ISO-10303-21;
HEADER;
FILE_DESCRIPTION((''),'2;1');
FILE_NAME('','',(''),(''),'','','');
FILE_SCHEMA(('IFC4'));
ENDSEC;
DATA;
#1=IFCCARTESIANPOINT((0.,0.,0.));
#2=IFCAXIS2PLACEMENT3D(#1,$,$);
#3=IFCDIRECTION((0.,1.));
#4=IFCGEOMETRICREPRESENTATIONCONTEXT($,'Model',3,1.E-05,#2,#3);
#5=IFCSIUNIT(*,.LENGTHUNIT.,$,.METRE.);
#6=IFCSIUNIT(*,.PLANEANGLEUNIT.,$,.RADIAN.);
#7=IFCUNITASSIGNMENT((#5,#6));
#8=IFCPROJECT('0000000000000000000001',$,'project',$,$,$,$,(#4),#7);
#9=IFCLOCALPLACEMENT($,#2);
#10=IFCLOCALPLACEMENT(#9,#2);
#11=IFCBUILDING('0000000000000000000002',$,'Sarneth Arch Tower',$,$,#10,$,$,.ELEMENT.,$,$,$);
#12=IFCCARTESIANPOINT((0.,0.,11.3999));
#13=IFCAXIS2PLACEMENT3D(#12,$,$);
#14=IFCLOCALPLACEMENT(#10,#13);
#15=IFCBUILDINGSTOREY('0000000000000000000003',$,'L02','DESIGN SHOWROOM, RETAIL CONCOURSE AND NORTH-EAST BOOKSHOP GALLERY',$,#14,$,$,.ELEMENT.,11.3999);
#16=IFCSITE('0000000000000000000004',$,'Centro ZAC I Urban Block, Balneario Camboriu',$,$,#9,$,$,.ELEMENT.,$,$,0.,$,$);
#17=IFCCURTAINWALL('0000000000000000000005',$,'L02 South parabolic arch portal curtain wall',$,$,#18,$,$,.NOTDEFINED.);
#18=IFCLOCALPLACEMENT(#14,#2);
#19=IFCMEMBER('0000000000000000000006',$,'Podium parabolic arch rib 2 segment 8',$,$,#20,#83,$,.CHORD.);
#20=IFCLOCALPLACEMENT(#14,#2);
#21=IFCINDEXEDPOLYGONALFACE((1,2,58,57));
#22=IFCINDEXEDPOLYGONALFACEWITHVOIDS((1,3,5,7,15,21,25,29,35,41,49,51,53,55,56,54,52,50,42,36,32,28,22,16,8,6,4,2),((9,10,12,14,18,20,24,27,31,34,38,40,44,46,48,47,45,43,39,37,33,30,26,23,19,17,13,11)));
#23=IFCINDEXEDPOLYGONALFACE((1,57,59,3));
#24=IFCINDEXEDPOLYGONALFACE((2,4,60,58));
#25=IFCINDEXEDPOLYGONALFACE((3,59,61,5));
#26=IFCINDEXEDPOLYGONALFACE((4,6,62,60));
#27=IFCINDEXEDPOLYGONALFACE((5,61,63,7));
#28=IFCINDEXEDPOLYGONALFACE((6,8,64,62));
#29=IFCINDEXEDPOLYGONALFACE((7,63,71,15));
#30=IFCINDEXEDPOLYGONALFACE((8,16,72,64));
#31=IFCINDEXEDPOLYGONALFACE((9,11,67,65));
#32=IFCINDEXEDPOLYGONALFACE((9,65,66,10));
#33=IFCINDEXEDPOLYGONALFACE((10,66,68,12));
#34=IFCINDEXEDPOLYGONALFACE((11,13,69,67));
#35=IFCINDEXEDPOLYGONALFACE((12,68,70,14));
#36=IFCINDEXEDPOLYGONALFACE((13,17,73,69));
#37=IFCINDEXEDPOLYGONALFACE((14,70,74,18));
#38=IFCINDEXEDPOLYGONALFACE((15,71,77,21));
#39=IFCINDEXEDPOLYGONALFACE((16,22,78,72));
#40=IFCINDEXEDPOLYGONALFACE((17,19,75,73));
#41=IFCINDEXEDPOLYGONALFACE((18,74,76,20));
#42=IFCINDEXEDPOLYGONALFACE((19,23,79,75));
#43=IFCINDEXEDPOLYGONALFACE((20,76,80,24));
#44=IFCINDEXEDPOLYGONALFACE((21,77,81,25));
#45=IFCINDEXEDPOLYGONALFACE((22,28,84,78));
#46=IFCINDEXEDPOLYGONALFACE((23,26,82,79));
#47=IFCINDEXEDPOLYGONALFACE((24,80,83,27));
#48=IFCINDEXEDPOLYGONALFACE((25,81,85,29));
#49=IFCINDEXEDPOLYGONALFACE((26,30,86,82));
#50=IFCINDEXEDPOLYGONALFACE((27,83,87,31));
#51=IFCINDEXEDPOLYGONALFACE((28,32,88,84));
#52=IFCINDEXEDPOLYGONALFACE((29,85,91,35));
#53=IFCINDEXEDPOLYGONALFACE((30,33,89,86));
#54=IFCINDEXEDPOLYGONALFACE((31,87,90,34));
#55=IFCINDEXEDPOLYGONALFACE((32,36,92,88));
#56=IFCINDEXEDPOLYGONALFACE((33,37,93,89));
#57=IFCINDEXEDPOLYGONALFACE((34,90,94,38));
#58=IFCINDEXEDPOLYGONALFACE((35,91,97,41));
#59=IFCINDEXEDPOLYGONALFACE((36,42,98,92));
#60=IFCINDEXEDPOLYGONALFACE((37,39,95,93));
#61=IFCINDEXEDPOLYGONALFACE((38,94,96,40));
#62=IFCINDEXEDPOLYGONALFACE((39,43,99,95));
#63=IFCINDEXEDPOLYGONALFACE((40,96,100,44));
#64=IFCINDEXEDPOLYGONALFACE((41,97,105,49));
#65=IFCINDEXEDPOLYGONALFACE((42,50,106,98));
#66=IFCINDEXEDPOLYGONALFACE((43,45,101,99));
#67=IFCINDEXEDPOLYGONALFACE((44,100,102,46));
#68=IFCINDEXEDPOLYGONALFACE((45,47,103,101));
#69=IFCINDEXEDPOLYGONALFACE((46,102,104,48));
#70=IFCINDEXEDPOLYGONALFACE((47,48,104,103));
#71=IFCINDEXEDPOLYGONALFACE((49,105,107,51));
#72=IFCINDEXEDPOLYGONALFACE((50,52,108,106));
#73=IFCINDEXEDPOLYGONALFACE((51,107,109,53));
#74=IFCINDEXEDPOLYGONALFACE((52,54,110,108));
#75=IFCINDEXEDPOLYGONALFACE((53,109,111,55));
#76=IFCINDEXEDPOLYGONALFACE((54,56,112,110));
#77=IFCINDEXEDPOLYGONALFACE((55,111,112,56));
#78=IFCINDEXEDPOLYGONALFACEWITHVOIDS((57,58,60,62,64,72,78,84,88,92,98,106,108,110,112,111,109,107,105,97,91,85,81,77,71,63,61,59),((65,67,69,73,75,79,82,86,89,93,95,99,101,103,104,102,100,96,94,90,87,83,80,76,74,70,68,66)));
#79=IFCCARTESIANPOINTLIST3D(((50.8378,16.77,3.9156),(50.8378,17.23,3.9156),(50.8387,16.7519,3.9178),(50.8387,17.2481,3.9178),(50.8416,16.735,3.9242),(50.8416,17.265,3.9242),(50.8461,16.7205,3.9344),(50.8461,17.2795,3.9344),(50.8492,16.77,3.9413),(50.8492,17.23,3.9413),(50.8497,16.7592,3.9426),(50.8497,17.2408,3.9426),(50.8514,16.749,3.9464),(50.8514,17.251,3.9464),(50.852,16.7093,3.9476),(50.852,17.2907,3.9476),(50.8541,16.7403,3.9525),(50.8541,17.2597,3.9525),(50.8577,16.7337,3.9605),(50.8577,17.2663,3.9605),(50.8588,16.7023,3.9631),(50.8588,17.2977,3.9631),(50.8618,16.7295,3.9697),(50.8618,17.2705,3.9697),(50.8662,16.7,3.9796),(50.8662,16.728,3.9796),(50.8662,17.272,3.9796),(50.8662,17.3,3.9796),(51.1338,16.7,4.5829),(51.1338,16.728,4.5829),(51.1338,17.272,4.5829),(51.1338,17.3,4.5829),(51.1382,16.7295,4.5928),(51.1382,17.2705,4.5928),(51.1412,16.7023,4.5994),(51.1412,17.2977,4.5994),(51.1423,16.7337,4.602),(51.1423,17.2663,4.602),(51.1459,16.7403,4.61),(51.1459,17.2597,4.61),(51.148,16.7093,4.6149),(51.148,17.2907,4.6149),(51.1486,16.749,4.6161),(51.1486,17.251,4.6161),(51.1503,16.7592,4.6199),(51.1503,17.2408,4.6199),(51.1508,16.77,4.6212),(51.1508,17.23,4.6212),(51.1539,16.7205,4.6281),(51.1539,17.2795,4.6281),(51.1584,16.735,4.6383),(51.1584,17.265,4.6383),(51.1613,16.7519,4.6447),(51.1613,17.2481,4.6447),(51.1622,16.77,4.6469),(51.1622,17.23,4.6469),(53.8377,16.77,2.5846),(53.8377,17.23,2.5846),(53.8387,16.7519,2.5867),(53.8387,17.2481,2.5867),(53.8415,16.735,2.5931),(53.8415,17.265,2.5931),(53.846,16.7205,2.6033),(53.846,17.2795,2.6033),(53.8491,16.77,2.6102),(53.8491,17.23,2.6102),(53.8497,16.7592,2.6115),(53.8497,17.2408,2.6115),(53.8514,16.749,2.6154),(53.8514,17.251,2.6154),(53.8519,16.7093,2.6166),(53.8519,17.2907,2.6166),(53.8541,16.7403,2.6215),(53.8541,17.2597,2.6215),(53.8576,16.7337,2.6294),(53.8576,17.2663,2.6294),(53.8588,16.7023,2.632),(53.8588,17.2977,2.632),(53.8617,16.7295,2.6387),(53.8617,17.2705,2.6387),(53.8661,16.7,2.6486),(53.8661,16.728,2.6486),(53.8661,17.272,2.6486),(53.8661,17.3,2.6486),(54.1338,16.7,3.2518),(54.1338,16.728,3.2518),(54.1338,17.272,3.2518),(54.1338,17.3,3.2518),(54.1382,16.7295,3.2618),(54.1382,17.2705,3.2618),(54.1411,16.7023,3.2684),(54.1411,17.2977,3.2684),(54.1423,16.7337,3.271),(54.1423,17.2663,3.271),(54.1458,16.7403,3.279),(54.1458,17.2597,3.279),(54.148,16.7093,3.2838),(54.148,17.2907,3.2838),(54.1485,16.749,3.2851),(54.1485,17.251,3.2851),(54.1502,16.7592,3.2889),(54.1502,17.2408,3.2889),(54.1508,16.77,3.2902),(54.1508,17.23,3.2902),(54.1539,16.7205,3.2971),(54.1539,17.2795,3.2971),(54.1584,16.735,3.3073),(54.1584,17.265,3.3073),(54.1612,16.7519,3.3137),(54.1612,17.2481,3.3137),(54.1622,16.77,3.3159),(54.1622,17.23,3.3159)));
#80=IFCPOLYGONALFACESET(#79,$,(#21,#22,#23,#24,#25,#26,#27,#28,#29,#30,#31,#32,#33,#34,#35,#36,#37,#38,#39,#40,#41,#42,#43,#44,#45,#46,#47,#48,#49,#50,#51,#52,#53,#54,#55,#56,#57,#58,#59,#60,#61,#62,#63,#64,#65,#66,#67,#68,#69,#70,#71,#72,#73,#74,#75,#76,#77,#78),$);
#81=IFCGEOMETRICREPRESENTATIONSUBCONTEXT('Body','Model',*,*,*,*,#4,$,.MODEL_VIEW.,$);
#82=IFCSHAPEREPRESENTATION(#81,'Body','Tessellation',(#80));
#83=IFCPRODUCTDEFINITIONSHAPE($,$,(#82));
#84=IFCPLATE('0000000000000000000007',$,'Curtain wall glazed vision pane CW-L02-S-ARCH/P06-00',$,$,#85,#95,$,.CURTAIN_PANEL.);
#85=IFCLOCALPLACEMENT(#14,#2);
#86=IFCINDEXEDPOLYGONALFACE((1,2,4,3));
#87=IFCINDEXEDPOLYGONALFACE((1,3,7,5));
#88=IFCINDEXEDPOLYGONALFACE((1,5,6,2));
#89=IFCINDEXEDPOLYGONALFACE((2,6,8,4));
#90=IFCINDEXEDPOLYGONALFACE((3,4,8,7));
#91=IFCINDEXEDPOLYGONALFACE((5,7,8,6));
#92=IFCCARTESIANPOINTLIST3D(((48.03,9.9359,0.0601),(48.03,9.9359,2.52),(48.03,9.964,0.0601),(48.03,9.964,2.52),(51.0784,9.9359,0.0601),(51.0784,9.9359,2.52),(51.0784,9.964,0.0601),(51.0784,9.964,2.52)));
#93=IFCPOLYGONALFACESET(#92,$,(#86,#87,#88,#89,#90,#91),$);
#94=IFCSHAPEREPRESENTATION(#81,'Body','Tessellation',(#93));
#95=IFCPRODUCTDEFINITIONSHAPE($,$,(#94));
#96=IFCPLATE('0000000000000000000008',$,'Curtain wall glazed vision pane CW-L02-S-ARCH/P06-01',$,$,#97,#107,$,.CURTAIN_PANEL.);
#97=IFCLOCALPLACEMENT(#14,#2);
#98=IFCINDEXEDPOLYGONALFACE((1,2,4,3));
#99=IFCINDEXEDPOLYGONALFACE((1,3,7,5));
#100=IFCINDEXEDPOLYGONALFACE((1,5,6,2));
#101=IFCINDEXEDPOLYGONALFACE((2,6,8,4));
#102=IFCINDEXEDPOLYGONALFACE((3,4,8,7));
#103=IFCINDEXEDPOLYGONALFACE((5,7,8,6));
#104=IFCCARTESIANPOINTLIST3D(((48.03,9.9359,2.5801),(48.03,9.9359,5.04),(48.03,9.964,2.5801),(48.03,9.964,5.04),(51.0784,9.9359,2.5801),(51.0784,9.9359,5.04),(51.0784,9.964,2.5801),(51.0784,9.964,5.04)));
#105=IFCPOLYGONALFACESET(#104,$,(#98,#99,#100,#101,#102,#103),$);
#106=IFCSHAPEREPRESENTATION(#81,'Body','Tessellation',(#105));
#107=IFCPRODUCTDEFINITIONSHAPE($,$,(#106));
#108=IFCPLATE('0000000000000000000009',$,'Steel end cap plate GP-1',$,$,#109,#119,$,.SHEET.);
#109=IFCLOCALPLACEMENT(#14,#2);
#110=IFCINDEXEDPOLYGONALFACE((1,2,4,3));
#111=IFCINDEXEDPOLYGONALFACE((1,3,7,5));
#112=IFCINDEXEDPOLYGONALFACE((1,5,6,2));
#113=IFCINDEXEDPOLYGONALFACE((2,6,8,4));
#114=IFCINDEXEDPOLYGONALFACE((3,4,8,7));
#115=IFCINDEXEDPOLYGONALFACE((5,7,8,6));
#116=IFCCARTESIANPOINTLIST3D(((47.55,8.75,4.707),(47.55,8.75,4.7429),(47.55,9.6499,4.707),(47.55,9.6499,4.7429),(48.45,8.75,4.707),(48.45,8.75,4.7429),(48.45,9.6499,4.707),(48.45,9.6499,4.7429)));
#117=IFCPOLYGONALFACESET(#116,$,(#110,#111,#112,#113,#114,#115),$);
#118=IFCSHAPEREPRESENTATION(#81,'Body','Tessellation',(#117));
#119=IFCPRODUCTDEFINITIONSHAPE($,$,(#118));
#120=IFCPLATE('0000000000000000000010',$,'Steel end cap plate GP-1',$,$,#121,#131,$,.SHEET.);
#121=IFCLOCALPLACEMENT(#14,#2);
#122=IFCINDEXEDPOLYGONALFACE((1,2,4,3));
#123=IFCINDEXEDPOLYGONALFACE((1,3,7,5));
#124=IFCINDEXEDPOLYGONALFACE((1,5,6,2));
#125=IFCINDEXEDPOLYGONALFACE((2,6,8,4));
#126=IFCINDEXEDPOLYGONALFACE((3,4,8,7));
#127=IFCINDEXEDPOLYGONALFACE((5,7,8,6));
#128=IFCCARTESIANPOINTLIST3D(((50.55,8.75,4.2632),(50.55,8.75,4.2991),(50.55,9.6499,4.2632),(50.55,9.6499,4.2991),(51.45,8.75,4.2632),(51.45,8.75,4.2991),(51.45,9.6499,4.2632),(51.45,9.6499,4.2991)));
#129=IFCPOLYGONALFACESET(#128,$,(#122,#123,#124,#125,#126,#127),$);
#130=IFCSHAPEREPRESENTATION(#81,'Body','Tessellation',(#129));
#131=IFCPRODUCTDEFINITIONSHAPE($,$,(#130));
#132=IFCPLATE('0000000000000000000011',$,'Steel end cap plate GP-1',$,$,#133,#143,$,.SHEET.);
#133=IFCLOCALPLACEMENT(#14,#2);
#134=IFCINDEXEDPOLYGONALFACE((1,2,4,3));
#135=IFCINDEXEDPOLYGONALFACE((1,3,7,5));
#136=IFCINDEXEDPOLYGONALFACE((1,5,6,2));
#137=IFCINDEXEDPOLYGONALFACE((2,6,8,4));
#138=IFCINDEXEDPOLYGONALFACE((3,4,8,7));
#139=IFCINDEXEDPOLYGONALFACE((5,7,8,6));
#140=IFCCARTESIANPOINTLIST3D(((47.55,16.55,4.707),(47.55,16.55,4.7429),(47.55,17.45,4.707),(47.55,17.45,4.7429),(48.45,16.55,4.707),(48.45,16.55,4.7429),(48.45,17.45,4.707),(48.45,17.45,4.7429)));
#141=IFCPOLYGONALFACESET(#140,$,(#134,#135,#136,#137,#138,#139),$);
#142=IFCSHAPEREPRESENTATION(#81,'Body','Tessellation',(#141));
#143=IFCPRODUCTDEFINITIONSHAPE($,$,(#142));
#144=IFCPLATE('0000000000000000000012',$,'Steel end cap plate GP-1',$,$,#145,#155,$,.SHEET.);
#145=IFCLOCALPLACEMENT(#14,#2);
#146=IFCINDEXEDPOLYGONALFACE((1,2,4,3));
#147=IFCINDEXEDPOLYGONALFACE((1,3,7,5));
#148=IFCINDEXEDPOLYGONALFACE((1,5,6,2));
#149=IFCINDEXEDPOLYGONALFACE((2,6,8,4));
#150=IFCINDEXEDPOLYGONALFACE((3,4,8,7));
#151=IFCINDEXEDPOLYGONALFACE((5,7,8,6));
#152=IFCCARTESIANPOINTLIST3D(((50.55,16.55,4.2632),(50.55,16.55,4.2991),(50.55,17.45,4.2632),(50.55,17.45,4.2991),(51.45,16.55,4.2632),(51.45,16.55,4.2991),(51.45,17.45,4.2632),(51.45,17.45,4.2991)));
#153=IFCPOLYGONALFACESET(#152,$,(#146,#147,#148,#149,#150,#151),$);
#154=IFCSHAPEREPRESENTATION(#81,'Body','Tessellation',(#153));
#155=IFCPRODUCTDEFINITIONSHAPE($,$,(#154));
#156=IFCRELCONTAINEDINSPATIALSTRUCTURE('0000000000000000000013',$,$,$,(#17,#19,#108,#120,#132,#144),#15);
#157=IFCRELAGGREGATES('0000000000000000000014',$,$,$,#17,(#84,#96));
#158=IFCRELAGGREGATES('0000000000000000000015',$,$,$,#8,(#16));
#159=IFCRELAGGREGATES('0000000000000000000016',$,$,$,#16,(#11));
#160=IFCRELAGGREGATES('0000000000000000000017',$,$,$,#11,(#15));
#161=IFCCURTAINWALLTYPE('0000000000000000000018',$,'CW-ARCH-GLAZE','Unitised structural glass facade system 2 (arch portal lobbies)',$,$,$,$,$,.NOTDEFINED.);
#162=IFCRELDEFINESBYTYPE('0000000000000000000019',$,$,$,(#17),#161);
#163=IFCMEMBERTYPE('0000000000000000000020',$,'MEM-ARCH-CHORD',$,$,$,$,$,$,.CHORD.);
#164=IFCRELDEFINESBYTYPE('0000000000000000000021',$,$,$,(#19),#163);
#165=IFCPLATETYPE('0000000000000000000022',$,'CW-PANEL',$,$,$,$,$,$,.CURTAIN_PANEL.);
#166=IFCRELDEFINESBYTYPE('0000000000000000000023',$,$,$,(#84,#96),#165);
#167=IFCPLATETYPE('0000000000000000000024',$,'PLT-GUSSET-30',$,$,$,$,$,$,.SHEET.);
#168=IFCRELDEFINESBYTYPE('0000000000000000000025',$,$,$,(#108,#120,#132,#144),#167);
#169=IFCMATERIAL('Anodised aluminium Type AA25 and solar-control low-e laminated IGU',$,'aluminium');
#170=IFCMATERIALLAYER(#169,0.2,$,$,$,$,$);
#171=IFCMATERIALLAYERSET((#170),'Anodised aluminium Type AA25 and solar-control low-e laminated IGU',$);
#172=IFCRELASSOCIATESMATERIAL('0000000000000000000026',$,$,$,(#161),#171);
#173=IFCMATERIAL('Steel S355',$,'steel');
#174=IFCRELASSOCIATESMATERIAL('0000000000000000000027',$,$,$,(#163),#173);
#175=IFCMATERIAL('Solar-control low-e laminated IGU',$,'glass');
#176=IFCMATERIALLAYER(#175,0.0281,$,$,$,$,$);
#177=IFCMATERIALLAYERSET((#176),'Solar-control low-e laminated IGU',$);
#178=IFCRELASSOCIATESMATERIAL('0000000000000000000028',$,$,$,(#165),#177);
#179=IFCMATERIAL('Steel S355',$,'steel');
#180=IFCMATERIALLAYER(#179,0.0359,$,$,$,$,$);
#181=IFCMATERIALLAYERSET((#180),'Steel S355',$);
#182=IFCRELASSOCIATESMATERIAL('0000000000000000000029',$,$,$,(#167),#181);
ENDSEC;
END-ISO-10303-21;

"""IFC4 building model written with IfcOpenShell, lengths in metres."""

from ifc_helpers import new_model, si_unit, direction, frame, origin, origin_2d, place, context, subcontext, project, spatial, rectangle, hollow_rectangle, extrude, material, layer, layer_set, material_profile, profile_set, type_object, element, aggregate, save


model = new_model("IFC4")

# Units and contexts
model_context = context("Model", 3, precision=1e-05, world=origin(), true_north=direction((0.0, 1.0)))
body_context = subcontext(model_context, "Body", "Model", "MODEL_VIEW")
ifc_project = project(units=[si_unit("LENGTHUNIT", "METRE"), si_unit("PLANEANGLEUNIT", "RADIAN")], contexts=[model_context])

# Site, building, storey
site_placement = place(None, origin())
site = spatial("IfcSite", under=ifc_project, at=site_placement, Name="Centro ZAC I Urban Block, Balneario Camboriu", CompositionType="ELEMENT", RefElevation=0.0)
building_placement = place(site_placement, origin())
building = spatial("IfcBuilding", under=site, at=building_placement, Name="Sarneth Arch Tower", CompositionType="ELEMENT")
storey_placement = place(building_placement, frame((0.0, 0.0, 11.3999)))
storey = spatial("IfcBuildingStorey", under=building, at=storey_placement, Name="L02", Description="DESIGN SHOWROOM, RETAIL CONCOURSE AND NORTH-EAST BOOKSHOP GALLERY", CompositionType="ELEMENT", Elevation=11.3999)

# Curtain wall
ifc_material_1 = material(Name="Anodised aluminium Type AA25 and solar-control low-e laminated IGU", Category="aluminium")
ifc_layer_1 = layer(ifc_material_1, 0.2)
ifc_layer_set_1 = layer_set([ifc_layer_1], Name="Anodised aluminium Type AA25 and solar-control low-e laminated IGU")
curtain_wall_type = type_object("IfcCurtainWallType", Name="CW-ARCH-GLAZE", Description="Unitised structural glass facade system 2 (arch portal lobbies)", PredefinedType="NOTDEFINED", material=ifc_layer_set_1)
curtain_wall_placement = place(storey_placement, origin())
curtain_wall = element("IfcCurtainWall", 1, at=curtain_wall_placement, inside=storey, type_object=curtain_wall_type, Name="L02 South parabolic arch portal curtain wall", PredefinedType="NOTDEFINED")

# Member
ifc_material_2 = material(Name="Steel S355", Category="steel")
ifc_material_profile_1 = material_profile(ifc_material_2, hollow_rectangle(XDim=0.6001, YDim=0.8, WallThickness=0.0281, InnerFilletRadius=0.042, OuterFilletRadius=0.0701, at=origin_2d()), Name="RHS800x600x28")
ifc_profile_set_1 = profile_set([ifc_material_profile_1], Name="Steel S355")
member_type_1 = type_object("IfcMemberType", Name="MEM-ARCH-CHORD", PredefinedType="CHORD", material=ifc_profile_set_1)
member_1_placement = place(storey_placement, frame((51.0, 17.0, 4.2812), z_axis=(0.914069, 0.0, -0.405559), x_axis=(0.0, 1.0, 0.0)))
element("IfcMember", 2, at=member_1_placement, inside=storey, type_object=member_type_1, Name="Podium parabolic arch rib 2 segment 8", PredefinedType="CHORD", context=body_context, shape_type="SweptSolid", body=[
    extrude(hollow_rectangle(XDim=0.6001, YDim=0.8, WallThickness=0.0281, InnerFilletRadius=0.042, OuterFilletRadius=0.0701, at=origin_2d()), origin(), (0.0, 0.0, 1.0), 3.282),
])

# Plates
ifc_material_3 = material(Name="Solar-control low-e laminated IGU", Category="glass")
ifc_layer_2 = layer(ifc_material_3, 0.0281)
ifc_layer_set_2 = layer_set([ifc_layer_2], Name="Solar-control low-e laminated IGU")
plate_type_1 = type_object("IfcPlateType", Name="CW-PANEL", PredefinedType="CURTAIN_PANEL", material=ifc_layer_set_2)
plate_1_placement = place(storey_placement, frame((49.5542, 9.95, 0.0601), z_axis=(0.0, 0.0, 1.0), x_axis=(1.0, 0.0, 0.0)))
plate_1 = element("IfcPlate", 3, at=plate_1_placement, type_object=plate_type_1, Name="Curtain wall glazed vision pane CW-L02-S-ARCH/P06-00", PredefinedType="CURTAIN_PANEL", context=body_context, shape_type="SweptSolid", body=[
    extrude(rectangle(XDim=3.0483, YDim=0.0281, at=origin_2d()), origin(), (0.0, 0.0, 1.0), 2.46),
])
plate_2_placement = place(storey_placement, frame((49.5542, 9.95, 2.5801), z_axis=(0.0, 0.0, 1.0), x_axis=(1.0, 0.0, 0.0)))
plate_2 = element("IfcPlate", 4, at=plate_2_placement, type_object=plate_type_1, Name="Curtain wall glazed vision pane CW-L02-S-ARCH/P06-01", PredefinedType="CURTAIN_PANEL", context=body_context, shape_type="SweptSolid", body=[
    extrude(rectangle(XDim=3.0483, YDim=0.0281, at=origin_2d()), origin(), (0.0, 0.0, 1.0), 2.46),
])
aggregate(curtain_wall, [plate_1, plate_2])

# Plates
ifc_material_4 = material(Name="Steel S355", Category="steel")
ifc_layer_3 = layer(ifc_material_4, 0.0359)
ifc_layer_set_3 = layer_set([ifc_layer_3], Name="Steel S355")
plate_type_2 = type_object("IfcPlateType", Name="PLT-GUSSET-30", PredefinedType="SHEET", material=ifc_layer_set_3)
for number, where, z_axis, x_axis, name in (
    (5, (48.0, 9.2, 4.707), (0.0, 0.0, 1.0), (-1.0, 0.0, 0.0), "Steel end cap plate GP-1"),
    (6, (51.0, 9.2, 4.2632), (0.0, 0.0, 1.0), (-1.0, 0.0, 0.0), "Steel end cap plate GP-1"),
    (7, (48.0, 17.0, 4.707), (0.0, 0.0, 1.0), (-1.0, 0.0, 0.0), "Steel end cap plate GP-1"),
    (8, (51.0, 17.0, 4.2632), (0.0, 0.0, 1.0), (-1.0, 0.0, 0.0), "Steel end cap plate GP-1"),
):
    element("IfcPlate", number, at=place(storey_placement, frame(where, z_axis=z_axis, x_axis=x_axis)), inside=storey, type_object=plate_type_2, Name=name, PredefinedType="SHEET", context=body_context, shape_type="SweptSolid", body=[
        extrude(rectangle(XDim=0.8999, YDim=0.8999, at=origin_2d()), origin(), (0.0, 0.0, 1.0), 0.0359),
    ])

save(model, "model.ifc")
